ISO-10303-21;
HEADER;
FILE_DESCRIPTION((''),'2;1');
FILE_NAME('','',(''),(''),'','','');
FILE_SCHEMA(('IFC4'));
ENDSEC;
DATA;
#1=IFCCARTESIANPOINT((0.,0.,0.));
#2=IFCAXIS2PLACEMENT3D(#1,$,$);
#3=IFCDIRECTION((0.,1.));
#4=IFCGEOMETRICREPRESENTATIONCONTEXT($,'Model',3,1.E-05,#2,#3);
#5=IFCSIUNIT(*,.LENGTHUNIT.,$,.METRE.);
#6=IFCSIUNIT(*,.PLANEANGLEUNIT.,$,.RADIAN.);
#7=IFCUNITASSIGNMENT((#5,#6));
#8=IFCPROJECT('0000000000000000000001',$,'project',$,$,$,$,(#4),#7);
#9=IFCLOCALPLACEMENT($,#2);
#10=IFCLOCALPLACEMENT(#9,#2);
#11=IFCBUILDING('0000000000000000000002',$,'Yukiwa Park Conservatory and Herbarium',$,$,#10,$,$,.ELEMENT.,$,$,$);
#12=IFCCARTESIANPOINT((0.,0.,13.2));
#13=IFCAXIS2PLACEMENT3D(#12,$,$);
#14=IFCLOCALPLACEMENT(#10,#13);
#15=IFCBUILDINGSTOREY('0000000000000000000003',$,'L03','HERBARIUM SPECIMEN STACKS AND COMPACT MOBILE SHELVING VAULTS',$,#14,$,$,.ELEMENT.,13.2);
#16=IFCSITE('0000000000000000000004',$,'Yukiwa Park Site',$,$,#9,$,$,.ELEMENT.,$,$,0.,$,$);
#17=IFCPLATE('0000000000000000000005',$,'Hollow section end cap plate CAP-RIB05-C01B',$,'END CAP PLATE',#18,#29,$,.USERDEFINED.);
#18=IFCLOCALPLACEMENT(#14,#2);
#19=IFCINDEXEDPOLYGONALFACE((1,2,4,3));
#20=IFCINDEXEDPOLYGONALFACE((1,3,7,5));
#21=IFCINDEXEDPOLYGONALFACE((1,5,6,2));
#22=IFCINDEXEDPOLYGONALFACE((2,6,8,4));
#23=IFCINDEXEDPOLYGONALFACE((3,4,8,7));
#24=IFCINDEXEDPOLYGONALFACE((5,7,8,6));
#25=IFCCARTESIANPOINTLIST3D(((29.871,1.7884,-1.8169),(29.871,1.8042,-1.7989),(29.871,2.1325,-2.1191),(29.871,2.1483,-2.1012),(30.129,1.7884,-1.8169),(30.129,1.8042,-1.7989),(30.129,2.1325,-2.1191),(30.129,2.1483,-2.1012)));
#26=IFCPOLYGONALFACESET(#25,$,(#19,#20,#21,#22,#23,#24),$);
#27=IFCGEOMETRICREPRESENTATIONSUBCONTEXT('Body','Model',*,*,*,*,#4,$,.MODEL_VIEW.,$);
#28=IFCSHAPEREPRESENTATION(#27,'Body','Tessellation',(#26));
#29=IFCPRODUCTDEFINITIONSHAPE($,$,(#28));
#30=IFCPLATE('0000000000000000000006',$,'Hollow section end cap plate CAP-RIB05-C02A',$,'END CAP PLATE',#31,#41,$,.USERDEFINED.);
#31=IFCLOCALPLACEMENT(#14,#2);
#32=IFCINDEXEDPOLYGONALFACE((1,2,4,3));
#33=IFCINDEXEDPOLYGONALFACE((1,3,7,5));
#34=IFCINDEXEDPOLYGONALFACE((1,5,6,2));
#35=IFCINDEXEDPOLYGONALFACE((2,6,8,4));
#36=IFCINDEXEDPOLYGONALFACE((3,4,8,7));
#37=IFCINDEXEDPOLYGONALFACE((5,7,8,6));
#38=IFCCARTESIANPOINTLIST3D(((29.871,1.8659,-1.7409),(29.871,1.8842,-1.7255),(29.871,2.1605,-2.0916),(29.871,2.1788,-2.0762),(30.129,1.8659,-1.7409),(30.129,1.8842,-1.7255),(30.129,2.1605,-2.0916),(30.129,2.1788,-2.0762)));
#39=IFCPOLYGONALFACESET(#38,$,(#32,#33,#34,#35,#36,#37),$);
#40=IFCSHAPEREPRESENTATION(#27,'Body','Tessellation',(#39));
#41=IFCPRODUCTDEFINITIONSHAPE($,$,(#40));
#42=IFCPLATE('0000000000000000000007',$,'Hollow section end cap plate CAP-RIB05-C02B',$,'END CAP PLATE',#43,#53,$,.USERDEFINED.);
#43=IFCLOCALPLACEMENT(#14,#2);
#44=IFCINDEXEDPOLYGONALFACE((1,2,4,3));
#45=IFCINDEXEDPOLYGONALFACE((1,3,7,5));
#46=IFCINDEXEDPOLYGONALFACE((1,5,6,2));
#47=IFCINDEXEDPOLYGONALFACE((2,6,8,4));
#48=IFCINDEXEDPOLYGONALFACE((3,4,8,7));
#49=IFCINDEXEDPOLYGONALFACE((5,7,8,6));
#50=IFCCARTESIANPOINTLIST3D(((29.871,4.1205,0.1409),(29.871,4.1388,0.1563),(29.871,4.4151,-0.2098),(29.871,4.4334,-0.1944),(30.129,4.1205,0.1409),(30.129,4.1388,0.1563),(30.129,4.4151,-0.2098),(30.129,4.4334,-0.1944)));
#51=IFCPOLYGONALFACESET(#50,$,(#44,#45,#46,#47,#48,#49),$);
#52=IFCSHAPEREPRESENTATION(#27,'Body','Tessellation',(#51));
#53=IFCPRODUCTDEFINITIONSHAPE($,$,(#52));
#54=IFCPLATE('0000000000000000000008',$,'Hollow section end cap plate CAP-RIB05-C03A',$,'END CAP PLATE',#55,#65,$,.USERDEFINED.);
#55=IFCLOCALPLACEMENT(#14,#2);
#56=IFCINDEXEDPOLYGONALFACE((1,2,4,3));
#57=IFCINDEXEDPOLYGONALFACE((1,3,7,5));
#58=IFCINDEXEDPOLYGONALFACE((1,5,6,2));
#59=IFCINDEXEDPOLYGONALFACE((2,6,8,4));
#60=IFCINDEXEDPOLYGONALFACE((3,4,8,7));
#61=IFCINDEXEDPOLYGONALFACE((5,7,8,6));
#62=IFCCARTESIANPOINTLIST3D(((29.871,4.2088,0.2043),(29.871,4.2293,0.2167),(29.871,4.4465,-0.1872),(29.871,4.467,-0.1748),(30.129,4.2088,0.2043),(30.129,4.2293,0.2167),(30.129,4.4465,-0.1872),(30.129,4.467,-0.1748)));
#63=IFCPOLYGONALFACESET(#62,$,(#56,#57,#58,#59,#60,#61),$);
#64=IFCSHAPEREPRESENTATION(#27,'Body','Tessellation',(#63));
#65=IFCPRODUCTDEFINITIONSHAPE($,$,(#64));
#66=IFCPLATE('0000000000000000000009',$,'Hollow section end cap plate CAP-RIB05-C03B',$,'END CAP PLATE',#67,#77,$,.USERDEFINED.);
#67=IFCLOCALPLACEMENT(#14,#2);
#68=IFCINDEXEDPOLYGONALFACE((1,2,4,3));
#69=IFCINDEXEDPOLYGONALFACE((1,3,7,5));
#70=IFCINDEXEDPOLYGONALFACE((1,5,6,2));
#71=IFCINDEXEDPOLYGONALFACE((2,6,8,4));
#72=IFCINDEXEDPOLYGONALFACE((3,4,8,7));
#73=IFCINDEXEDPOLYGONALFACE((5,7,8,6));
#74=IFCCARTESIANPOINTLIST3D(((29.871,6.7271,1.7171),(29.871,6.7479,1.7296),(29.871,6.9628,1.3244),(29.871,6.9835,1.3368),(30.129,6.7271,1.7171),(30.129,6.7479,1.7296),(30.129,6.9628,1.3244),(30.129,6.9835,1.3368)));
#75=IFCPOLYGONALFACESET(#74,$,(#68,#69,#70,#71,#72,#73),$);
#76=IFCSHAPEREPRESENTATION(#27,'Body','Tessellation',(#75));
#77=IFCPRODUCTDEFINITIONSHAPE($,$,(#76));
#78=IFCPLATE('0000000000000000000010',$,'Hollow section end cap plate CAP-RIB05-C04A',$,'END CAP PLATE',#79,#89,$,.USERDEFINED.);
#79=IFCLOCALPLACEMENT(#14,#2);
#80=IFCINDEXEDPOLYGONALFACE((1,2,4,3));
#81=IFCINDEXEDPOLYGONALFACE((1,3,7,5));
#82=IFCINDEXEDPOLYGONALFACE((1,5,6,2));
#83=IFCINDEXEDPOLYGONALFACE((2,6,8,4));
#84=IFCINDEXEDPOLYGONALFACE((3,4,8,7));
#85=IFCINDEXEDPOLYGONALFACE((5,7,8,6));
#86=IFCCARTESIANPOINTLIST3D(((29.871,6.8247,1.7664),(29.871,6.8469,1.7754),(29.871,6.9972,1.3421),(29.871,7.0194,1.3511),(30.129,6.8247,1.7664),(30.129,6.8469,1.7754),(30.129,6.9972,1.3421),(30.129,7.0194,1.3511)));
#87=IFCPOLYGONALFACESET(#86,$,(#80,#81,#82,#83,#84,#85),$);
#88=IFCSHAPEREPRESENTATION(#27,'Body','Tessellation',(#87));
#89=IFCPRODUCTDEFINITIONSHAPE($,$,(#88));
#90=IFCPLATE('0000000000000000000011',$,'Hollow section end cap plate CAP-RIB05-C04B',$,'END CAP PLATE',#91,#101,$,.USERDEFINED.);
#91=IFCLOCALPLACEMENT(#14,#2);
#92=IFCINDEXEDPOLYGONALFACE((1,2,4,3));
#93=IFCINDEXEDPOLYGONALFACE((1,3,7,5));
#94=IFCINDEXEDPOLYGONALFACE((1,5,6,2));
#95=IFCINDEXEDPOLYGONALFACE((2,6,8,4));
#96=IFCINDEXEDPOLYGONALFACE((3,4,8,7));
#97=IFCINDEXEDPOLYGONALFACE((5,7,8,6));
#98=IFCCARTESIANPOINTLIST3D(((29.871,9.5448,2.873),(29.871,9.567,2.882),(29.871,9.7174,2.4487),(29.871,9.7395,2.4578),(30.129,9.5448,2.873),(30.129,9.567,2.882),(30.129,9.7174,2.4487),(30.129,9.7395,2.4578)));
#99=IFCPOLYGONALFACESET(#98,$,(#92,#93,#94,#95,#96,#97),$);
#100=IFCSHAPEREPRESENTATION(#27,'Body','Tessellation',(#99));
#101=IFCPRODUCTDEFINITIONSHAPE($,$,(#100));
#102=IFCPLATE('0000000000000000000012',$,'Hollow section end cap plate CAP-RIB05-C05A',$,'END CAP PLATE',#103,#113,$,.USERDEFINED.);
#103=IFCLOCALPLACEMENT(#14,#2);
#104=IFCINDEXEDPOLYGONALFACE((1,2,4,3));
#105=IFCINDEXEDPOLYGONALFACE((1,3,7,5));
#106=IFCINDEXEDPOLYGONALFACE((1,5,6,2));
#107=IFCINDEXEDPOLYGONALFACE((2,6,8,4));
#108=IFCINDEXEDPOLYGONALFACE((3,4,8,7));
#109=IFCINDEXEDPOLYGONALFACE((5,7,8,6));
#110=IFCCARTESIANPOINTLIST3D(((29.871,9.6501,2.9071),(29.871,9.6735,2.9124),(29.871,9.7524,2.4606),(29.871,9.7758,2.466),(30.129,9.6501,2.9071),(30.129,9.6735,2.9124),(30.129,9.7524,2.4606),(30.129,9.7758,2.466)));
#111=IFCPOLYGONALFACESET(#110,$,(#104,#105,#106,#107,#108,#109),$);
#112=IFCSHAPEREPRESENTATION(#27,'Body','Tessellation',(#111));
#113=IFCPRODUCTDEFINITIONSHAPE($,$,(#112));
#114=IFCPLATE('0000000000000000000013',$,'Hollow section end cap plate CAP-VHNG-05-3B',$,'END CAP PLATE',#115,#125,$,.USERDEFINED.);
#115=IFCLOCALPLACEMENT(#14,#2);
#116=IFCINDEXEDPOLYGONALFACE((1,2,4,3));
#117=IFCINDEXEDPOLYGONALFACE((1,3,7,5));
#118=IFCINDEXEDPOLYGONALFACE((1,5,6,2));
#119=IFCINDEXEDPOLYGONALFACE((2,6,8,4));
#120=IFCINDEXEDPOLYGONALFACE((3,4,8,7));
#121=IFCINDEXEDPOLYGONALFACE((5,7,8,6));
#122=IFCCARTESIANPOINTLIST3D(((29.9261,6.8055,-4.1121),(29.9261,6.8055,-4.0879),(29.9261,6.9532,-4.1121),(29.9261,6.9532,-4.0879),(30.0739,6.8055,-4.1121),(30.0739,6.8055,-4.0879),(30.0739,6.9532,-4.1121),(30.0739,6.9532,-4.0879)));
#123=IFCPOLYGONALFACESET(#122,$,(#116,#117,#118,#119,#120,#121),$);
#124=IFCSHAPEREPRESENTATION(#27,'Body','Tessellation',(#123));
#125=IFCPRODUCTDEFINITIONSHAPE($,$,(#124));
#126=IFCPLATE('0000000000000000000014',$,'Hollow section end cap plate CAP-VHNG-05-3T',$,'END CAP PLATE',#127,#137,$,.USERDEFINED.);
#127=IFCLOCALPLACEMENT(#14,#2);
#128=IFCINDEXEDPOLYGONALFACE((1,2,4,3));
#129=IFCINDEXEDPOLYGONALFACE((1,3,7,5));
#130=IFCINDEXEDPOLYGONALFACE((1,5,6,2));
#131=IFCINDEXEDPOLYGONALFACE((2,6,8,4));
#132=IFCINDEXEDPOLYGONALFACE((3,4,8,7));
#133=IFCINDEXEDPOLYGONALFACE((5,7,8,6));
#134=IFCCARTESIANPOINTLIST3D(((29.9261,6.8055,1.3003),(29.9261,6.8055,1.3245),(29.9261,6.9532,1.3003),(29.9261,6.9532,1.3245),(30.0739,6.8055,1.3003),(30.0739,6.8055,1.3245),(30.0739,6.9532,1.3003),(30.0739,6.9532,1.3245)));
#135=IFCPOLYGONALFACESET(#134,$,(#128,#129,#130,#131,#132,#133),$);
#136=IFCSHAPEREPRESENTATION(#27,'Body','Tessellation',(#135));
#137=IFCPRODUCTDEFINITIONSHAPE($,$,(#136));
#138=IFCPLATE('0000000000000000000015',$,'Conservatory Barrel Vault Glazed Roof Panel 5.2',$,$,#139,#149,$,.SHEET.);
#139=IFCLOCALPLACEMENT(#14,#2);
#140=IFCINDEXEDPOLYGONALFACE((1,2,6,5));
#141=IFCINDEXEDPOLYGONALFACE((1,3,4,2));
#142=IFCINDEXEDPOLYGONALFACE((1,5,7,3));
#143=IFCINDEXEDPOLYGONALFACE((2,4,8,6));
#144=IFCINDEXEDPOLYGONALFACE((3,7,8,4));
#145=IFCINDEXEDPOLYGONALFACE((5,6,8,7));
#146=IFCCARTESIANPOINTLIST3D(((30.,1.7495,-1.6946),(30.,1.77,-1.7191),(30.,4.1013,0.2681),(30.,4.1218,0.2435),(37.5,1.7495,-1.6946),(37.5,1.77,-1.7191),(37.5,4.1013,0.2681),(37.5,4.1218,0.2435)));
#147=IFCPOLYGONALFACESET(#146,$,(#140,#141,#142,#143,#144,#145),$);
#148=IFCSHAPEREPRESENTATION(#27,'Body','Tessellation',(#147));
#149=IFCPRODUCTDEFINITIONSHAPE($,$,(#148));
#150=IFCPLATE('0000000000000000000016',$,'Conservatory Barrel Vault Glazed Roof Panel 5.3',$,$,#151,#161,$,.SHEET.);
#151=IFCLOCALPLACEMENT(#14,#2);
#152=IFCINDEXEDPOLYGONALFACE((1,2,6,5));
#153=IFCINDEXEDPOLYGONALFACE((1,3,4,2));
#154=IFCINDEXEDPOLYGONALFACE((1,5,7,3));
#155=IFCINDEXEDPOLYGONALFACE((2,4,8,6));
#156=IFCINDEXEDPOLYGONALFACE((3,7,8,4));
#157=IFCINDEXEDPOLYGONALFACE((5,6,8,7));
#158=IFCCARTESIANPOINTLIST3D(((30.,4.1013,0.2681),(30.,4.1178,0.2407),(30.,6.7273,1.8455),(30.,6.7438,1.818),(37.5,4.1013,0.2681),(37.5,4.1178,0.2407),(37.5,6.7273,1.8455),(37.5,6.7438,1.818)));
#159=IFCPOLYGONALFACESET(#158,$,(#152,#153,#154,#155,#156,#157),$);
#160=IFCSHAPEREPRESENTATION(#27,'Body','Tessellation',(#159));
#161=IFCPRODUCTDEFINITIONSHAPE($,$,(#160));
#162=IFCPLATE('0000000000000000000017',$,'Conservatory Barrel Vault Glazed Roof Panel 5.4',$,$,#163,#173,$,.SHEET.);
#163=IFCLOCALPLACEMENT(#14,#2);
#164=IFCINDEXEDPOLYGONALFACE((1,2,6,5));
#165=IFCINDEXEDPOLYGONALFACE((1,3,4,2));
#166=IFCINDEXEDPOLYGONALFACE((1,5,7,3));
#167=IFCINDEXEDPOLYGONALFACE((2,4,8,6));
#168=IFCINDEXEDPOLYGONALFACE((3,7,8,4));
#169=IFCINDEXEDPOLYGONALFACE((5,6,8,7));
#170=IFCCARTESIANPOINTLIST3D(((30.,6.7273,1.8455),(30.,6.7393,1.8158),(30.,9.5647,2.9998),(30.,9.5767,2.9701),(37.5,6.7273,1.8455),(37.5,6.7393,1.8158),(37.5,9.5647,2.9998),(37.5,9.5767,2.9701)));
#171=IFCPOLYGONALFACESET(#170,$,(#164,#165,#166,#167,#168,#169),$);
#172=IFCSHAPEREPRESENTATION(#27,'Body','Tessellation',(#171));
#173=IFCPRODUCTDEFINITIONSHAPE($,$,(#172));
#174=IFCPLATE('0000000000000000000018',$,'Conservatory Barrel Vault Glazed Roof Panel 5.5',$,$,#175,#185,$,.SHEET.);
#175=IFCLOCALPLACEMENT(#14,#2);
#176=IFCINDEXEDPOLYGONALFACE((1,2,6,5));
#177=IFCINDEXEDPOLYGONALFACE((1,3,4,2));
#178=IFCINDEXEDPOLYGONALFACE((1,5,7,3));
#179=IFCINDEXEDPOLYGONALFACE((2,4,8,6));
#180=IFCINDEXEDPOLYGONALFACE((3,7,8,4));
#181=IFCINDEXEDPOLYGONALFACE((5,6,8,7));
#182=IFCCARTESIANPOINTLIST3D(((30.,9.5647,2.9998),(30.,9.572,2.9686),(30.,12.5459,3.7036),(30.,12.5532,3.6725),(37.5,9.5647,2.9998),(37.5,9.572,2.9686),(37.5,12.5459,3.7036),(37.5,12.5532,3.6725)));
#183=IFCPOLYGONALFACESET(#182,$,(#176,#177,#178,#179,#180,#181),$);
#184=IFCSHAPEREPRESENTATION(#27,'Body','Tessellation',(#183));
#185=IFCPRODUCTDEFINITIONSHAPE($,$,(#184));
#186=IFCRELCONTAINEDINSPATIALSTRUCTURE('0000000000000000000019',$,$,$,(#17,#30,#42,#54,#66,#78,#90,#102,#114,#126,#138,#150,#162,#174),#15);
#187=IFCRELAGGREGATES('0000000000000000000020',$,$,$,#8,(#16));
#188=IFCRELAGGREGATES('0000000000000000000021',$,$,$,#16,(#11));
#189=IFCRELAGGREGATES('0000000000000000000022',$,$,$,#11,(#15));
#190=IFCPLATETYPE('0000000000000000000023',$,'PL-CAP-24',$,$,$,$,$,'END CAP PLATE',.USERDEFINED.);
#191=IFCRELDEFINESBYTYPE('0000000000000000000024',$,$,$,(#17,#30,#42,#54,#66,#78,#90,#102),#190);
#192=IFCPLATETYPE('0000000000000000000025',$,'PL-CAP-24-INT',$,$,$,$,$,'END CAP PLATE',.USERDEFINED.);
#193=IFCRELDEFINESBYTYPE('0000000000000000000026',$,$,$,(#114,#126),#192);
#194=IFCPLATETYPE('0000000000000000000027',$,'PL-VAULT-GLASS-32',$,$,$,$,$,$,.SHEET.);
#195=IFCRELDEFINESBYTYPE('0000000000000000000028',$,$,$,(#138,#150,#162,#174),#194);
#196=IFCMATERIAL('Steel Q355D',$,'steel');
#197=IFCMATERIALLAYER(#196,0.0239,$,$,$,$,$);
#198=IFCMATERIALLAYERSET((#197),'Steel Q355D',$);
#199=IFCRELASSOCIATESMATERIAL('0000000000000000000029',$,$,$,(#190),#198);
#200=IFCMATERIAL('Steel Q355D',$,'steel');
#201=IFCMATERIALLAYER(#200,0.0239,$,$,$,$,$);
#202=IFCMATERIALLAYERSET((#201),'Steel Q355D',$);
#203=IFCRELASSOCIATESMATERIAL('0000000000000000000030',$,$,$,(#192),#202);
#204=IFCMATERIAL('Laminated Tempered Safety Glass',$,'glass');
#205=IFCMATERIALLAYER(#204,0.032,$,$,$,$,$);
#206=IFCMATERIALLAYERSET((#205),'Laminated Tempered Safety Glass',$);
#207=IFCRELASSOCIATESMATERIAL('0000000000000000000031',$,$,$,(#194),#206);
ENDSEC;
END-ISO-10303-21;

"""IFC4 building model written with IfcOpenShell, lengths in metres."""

from ifc_helpers import new_model, si_unit, direction, frame, origin, origin_2d, place, context, subcontext, project, spatial, polyline, rectangle, outline, extrude, material, layer, layer_set, type_object, element, save


model = new_model("IFC4")

# Units and contexts
model_context = context("Model", 3, precision=1e-05, world=origin(), true_north=direction((0.0, 1.0)))
body_context = subcontext(model_context, "Body", "Model", "MODEL_VIEW")
ifc_project = project(units=[si_unit("LENGTHUNIT", "METRE"), si_unit("PLANEANGLEUNIT", "RADIAN")], contexts=[model_context])

# Site, building, storey
site_placement = place(None, origin())
site = spatial("IfcSite", under=ifc_project, at=site_placement, Name="Yukiwa Park Site", CompositionType="ELEMENT", RefElevation=0.0)
building_placement = place(site_placement, origin())
building = spatial("IfcBuilding", under=site, at=building_placement, Name="Yukiwa Park Conservatory and Herbarium", CompositionType="ELEMENT")
storey_placement = place(building_placement, frame((0.0, 0.0, 13.2)))
storey = spatial("IfcBuildingStorey", under=building, at=storey_placement, Name="L03", Description="HERBARIUM SPECIMEN STACKS AND COMPACT MOBILE SHELVING VAULTS", CompositionType="ELEMENT", Elevation=13.2)

# Plates
ifc_material_1 = material(Name="Steel Q355D", Category="steel")
ifc_layer_1 = layer(ifc_material_1, 0.0239)
ifc_layer_set_1 = layer_set([ifc_layer_1], Name="Steel Q355D")
plate_type_1 = type_object("IfcPlateType", Name="PL-CAP-24", ElementType="END CAP PLATE", PredefinedType="USERDEFINED", material=ifc_layer_set_1)
for number, where, z_axis, x_axis, name in (
    (1, (30.0, 1.9604, -1.968), (0.0, 0.659941, 0.751317), (-1.0, 0.0, 0.0), "Hollow section end cap plate CAP-RIB05-C01B"),
    (2, (30.0, 2.0315, -1.9009), (0.0, -0.765705, -0.643192), (1.0, 0.0, 0.0), "Hollow section end cap plate CAP-RIB05-C02A"),
    (3, (30.0, 4.2678, -0.0344), (0.0, 0.765705, 0.643192), (-1.0, 0.0, 0.0), "Hollow section end cap plate CAP-RIB05-C02B"),
    (4, (30.0, 4.3481, 0.021), (0.0, -0.854788, -0.518978), (1.0, 0.0, 0.0), "Hollow section end cap plate CAP-RIB05-C03A"),
):
    element("IfcPlate", number, at=place(storey_placement, frame(where, z_axis=z_axis, x_axis=x_axis)), inside=storey, type_object=plate_type_1, Name=name, ObjectType="END CAP PLATE", PredefinedType="USERDEFINED", context=body_context, shape_type="SweptSolid", body=[
        extrude(rectangle(XDim=0.2581, YDim=0.458, at=origin_2d()), origin(), (0.0, 0.0, 1.0), 0.0239),
    ])
plate_1_placement = place(storey_placement, frame((30.0, 6.845, 1.5208), z_axis=(0.0, 0.857493, 0.514496), x_axis=(-1.0, 0.0, 0.0)))
element("IfcPlate", 5, at=plate_1_placement, inside=storey, type_object=plate_type_1, Name="Hollow section end cap plate CAP-RIB05-C03B", ObjectType="END CAP PLATE", PredefinedType="USERDEFINED", context=body_context, shape_type="SweptSolid", body=[
    extrude(rectangle(XDim=0.2581, YDim=0.458, at=origin_2d()), origin(), (0.0, 0.0, 1.0), 0.0242),
])
for number, where, z_axis, x_axis, name in (
    (6, (30.0, 6.9331, 1.5632), (0.0, -0.926356, -0.37665), (1.0, 0.0, 0.0), "Hollow section end cap plate CAP-RIB05-C04A"),
    (7, (30.0, 9.6311, 2.6609), (0.0, 0.926356, 0.37665), (-1.0, 0.0, 0.0), "Hollow section end cap plate CAP-RIB05-C04B"),
    (8, (30.0, 9.7246, 2.6892), (0.0, -0.974732, -0.223376), (1.0, 0.0, 0.0), "Hollow section end cap plate CAP-RIB05-C05A"),
):
    element("IfcPlate", number, at=place(storey_placement, frame(where, z_axis=z_axis, x_axis=x_axis)), inside=storey, type_object=plate_type_1, Name=name, ObjectType="END CAP PLATE", PredefinedType="USERDEFINED", context=body_context, shape_type="SweptSolid", body=[
        extrude(rectangle(XDim=0.2581, YDim=0.458, at=origin_2d()), origin(), (0.0, 0.0, 1.0), 0.0239),
    ])
ifc_material_2 = material(Name="Steel Q355D", Category="steel")
ifc_layer_2 = layer(ifc_material_2, 0.0239)
ifc_layer_set_2 = layer_set([ifc_layer_2], Name="Steel Q355D")
plate_type_2 = type_object("IfcPlateType", Name="PL-CAP-24-INT", ElementType="END CAP PLATE", PredefinedType="USERDEFINED", material=ifc_layer_set_2)
for number, where, z_axis, x_axis, name in (
    (9, (30.0, 6.8794, -4.0879), (0.0, 0.0, -1.0), (1.0, 0.0, 0.0), "Hollow section end cap plate CAP-VHNG-05-3B"),
    (10, (30.0, 6.8794, 1.3003), (0.0, 0.0, 1.0), (1.0, 0.0, 0.0), "Hollow section end cap plate CAP-VHNG-05-3T"),
):
    element("IfcPlate", number, at=place(storey_placement, frame(where, z_axis=z_axis, x_axis=x_axis)), inside=storey, type_object=plate_type_2, Name=name, ObjectType="END CAP PLATE", PredefinedType="USERDEFINED", context=body_context, shape_type="SweptSolid", body=[
        extrude(rectangle(XDim=0.1477, YDim=0.1477, at=origin_2d()), origin(), (0.0, 0.0, 1.0), 0.0242),
    ])
ifc_material_3 = material(Name="Laminated Tempered Safety Glass", Category="glass")
ifc_layer_3 = layer(ifc_material_3, 0.032)
ifc_layer_set_3 = layer_set([ifc_layer_3], Name="Laminated Tempered Safety Glass")
plate_type_3 = type_object("IfcPlateType", Name="PL-VAULT-GLASS-32", PredefinedType="SHEET", material=ifc_layer_set_3)
plate_2_placement = place(storey_placement, frame((30.0, 1.7495, -1.6946), z_axis=(0.0, -0.640725, 0.76777), x_axis=(1.0, 0.0, 0.0)))
element("IfcPlate", 11, at=plate_2_placement, inside=storey, type_object=plate_type_3, Name="Conservatory Barrel Vault Glazed Roof Panel 5.2", PredefinedType="SHEET", context=body_context, shape_type="SweptSolid", body=[
    extrude(outline(polyline([(0.0, 0.0), (7.5, 0.0), (7.5, 3.0632), (0.0, 3.0632), (0.0, 0.0)])), origin(), (0.0, 0.0, -1.0), 0.032),
])
plate_3_placement = place(storey_placement, frame((30.0, 4.1013, 0.2681), z_axis=(0.0, -0.514929, 0.857233), x_axis=(1.0, 0.0, 0.0)))
element("IfcPlate", 12, at=plate_3_placement, inside=storey, type_object=plate_type_3, Name="Conservatory Barrel Vault Glazed Roof Panel 5.3", PredefinedType="SHEET", context=body_context, shape_type="SweptSolid", body=[
    extrude(outline(polyline([(0.0, 0.0), (7.5, 0.0), (7.5, 3.0633), (0.0, 3.0633), (0.0, 0.0)])), origin(), (0.0, 0.0, -1.0), 0.032),
])
plate_4_placement = place(storey_placement, frame((30.0, 6.7273, 1.8455), z_axis=(0.0, -0.376826, 0.926284), x_axis=(1.0, 0.0, 0.0)))
element("IfcPlate", 13, at=plate_4_placement, inside=storey, type_object=plate_type_3, Name="Conservatory Barrel Vault Glazed Roof Panel 5.4", PredefinedType="SHEET", context=body_context, shape_type="SweptSolid", body=[
    extrude(outline(polyline([(0.0, 0.0), (7.5, 0.0), (7.5, 3.0632), (0.0, 3.0632), (0.0, 0.0)])), origin(), (0.0, 0.0, -1.0), 0.032),
])
plate_5_placement = place(storey_placement, frame((30.0, 9.5647, 2.9998), z_axis=(0.0, -0.229781, 0.973242), x_axis=(1.0, 0.0, 0.0)))
element("IfcPlate", 14, at=plate_5_placement, inside=storey, type_object=plate_type_3, Name="Conservatory Barrel Vault Glazed Roof Panel 5.5", PredefinedType="SHEET", context=body_context, shape_type="SweptSolid", body=[
    extrude(outline(polyline([(0.0, 0.0), (7.5, 0.0), (7.5, 3.0632), (0.0, 3.0632), (0.0, 0.0)])), origin(), (0.0, 0.0, -1.0), 0.032),
])

save(model, "model.ifc")
